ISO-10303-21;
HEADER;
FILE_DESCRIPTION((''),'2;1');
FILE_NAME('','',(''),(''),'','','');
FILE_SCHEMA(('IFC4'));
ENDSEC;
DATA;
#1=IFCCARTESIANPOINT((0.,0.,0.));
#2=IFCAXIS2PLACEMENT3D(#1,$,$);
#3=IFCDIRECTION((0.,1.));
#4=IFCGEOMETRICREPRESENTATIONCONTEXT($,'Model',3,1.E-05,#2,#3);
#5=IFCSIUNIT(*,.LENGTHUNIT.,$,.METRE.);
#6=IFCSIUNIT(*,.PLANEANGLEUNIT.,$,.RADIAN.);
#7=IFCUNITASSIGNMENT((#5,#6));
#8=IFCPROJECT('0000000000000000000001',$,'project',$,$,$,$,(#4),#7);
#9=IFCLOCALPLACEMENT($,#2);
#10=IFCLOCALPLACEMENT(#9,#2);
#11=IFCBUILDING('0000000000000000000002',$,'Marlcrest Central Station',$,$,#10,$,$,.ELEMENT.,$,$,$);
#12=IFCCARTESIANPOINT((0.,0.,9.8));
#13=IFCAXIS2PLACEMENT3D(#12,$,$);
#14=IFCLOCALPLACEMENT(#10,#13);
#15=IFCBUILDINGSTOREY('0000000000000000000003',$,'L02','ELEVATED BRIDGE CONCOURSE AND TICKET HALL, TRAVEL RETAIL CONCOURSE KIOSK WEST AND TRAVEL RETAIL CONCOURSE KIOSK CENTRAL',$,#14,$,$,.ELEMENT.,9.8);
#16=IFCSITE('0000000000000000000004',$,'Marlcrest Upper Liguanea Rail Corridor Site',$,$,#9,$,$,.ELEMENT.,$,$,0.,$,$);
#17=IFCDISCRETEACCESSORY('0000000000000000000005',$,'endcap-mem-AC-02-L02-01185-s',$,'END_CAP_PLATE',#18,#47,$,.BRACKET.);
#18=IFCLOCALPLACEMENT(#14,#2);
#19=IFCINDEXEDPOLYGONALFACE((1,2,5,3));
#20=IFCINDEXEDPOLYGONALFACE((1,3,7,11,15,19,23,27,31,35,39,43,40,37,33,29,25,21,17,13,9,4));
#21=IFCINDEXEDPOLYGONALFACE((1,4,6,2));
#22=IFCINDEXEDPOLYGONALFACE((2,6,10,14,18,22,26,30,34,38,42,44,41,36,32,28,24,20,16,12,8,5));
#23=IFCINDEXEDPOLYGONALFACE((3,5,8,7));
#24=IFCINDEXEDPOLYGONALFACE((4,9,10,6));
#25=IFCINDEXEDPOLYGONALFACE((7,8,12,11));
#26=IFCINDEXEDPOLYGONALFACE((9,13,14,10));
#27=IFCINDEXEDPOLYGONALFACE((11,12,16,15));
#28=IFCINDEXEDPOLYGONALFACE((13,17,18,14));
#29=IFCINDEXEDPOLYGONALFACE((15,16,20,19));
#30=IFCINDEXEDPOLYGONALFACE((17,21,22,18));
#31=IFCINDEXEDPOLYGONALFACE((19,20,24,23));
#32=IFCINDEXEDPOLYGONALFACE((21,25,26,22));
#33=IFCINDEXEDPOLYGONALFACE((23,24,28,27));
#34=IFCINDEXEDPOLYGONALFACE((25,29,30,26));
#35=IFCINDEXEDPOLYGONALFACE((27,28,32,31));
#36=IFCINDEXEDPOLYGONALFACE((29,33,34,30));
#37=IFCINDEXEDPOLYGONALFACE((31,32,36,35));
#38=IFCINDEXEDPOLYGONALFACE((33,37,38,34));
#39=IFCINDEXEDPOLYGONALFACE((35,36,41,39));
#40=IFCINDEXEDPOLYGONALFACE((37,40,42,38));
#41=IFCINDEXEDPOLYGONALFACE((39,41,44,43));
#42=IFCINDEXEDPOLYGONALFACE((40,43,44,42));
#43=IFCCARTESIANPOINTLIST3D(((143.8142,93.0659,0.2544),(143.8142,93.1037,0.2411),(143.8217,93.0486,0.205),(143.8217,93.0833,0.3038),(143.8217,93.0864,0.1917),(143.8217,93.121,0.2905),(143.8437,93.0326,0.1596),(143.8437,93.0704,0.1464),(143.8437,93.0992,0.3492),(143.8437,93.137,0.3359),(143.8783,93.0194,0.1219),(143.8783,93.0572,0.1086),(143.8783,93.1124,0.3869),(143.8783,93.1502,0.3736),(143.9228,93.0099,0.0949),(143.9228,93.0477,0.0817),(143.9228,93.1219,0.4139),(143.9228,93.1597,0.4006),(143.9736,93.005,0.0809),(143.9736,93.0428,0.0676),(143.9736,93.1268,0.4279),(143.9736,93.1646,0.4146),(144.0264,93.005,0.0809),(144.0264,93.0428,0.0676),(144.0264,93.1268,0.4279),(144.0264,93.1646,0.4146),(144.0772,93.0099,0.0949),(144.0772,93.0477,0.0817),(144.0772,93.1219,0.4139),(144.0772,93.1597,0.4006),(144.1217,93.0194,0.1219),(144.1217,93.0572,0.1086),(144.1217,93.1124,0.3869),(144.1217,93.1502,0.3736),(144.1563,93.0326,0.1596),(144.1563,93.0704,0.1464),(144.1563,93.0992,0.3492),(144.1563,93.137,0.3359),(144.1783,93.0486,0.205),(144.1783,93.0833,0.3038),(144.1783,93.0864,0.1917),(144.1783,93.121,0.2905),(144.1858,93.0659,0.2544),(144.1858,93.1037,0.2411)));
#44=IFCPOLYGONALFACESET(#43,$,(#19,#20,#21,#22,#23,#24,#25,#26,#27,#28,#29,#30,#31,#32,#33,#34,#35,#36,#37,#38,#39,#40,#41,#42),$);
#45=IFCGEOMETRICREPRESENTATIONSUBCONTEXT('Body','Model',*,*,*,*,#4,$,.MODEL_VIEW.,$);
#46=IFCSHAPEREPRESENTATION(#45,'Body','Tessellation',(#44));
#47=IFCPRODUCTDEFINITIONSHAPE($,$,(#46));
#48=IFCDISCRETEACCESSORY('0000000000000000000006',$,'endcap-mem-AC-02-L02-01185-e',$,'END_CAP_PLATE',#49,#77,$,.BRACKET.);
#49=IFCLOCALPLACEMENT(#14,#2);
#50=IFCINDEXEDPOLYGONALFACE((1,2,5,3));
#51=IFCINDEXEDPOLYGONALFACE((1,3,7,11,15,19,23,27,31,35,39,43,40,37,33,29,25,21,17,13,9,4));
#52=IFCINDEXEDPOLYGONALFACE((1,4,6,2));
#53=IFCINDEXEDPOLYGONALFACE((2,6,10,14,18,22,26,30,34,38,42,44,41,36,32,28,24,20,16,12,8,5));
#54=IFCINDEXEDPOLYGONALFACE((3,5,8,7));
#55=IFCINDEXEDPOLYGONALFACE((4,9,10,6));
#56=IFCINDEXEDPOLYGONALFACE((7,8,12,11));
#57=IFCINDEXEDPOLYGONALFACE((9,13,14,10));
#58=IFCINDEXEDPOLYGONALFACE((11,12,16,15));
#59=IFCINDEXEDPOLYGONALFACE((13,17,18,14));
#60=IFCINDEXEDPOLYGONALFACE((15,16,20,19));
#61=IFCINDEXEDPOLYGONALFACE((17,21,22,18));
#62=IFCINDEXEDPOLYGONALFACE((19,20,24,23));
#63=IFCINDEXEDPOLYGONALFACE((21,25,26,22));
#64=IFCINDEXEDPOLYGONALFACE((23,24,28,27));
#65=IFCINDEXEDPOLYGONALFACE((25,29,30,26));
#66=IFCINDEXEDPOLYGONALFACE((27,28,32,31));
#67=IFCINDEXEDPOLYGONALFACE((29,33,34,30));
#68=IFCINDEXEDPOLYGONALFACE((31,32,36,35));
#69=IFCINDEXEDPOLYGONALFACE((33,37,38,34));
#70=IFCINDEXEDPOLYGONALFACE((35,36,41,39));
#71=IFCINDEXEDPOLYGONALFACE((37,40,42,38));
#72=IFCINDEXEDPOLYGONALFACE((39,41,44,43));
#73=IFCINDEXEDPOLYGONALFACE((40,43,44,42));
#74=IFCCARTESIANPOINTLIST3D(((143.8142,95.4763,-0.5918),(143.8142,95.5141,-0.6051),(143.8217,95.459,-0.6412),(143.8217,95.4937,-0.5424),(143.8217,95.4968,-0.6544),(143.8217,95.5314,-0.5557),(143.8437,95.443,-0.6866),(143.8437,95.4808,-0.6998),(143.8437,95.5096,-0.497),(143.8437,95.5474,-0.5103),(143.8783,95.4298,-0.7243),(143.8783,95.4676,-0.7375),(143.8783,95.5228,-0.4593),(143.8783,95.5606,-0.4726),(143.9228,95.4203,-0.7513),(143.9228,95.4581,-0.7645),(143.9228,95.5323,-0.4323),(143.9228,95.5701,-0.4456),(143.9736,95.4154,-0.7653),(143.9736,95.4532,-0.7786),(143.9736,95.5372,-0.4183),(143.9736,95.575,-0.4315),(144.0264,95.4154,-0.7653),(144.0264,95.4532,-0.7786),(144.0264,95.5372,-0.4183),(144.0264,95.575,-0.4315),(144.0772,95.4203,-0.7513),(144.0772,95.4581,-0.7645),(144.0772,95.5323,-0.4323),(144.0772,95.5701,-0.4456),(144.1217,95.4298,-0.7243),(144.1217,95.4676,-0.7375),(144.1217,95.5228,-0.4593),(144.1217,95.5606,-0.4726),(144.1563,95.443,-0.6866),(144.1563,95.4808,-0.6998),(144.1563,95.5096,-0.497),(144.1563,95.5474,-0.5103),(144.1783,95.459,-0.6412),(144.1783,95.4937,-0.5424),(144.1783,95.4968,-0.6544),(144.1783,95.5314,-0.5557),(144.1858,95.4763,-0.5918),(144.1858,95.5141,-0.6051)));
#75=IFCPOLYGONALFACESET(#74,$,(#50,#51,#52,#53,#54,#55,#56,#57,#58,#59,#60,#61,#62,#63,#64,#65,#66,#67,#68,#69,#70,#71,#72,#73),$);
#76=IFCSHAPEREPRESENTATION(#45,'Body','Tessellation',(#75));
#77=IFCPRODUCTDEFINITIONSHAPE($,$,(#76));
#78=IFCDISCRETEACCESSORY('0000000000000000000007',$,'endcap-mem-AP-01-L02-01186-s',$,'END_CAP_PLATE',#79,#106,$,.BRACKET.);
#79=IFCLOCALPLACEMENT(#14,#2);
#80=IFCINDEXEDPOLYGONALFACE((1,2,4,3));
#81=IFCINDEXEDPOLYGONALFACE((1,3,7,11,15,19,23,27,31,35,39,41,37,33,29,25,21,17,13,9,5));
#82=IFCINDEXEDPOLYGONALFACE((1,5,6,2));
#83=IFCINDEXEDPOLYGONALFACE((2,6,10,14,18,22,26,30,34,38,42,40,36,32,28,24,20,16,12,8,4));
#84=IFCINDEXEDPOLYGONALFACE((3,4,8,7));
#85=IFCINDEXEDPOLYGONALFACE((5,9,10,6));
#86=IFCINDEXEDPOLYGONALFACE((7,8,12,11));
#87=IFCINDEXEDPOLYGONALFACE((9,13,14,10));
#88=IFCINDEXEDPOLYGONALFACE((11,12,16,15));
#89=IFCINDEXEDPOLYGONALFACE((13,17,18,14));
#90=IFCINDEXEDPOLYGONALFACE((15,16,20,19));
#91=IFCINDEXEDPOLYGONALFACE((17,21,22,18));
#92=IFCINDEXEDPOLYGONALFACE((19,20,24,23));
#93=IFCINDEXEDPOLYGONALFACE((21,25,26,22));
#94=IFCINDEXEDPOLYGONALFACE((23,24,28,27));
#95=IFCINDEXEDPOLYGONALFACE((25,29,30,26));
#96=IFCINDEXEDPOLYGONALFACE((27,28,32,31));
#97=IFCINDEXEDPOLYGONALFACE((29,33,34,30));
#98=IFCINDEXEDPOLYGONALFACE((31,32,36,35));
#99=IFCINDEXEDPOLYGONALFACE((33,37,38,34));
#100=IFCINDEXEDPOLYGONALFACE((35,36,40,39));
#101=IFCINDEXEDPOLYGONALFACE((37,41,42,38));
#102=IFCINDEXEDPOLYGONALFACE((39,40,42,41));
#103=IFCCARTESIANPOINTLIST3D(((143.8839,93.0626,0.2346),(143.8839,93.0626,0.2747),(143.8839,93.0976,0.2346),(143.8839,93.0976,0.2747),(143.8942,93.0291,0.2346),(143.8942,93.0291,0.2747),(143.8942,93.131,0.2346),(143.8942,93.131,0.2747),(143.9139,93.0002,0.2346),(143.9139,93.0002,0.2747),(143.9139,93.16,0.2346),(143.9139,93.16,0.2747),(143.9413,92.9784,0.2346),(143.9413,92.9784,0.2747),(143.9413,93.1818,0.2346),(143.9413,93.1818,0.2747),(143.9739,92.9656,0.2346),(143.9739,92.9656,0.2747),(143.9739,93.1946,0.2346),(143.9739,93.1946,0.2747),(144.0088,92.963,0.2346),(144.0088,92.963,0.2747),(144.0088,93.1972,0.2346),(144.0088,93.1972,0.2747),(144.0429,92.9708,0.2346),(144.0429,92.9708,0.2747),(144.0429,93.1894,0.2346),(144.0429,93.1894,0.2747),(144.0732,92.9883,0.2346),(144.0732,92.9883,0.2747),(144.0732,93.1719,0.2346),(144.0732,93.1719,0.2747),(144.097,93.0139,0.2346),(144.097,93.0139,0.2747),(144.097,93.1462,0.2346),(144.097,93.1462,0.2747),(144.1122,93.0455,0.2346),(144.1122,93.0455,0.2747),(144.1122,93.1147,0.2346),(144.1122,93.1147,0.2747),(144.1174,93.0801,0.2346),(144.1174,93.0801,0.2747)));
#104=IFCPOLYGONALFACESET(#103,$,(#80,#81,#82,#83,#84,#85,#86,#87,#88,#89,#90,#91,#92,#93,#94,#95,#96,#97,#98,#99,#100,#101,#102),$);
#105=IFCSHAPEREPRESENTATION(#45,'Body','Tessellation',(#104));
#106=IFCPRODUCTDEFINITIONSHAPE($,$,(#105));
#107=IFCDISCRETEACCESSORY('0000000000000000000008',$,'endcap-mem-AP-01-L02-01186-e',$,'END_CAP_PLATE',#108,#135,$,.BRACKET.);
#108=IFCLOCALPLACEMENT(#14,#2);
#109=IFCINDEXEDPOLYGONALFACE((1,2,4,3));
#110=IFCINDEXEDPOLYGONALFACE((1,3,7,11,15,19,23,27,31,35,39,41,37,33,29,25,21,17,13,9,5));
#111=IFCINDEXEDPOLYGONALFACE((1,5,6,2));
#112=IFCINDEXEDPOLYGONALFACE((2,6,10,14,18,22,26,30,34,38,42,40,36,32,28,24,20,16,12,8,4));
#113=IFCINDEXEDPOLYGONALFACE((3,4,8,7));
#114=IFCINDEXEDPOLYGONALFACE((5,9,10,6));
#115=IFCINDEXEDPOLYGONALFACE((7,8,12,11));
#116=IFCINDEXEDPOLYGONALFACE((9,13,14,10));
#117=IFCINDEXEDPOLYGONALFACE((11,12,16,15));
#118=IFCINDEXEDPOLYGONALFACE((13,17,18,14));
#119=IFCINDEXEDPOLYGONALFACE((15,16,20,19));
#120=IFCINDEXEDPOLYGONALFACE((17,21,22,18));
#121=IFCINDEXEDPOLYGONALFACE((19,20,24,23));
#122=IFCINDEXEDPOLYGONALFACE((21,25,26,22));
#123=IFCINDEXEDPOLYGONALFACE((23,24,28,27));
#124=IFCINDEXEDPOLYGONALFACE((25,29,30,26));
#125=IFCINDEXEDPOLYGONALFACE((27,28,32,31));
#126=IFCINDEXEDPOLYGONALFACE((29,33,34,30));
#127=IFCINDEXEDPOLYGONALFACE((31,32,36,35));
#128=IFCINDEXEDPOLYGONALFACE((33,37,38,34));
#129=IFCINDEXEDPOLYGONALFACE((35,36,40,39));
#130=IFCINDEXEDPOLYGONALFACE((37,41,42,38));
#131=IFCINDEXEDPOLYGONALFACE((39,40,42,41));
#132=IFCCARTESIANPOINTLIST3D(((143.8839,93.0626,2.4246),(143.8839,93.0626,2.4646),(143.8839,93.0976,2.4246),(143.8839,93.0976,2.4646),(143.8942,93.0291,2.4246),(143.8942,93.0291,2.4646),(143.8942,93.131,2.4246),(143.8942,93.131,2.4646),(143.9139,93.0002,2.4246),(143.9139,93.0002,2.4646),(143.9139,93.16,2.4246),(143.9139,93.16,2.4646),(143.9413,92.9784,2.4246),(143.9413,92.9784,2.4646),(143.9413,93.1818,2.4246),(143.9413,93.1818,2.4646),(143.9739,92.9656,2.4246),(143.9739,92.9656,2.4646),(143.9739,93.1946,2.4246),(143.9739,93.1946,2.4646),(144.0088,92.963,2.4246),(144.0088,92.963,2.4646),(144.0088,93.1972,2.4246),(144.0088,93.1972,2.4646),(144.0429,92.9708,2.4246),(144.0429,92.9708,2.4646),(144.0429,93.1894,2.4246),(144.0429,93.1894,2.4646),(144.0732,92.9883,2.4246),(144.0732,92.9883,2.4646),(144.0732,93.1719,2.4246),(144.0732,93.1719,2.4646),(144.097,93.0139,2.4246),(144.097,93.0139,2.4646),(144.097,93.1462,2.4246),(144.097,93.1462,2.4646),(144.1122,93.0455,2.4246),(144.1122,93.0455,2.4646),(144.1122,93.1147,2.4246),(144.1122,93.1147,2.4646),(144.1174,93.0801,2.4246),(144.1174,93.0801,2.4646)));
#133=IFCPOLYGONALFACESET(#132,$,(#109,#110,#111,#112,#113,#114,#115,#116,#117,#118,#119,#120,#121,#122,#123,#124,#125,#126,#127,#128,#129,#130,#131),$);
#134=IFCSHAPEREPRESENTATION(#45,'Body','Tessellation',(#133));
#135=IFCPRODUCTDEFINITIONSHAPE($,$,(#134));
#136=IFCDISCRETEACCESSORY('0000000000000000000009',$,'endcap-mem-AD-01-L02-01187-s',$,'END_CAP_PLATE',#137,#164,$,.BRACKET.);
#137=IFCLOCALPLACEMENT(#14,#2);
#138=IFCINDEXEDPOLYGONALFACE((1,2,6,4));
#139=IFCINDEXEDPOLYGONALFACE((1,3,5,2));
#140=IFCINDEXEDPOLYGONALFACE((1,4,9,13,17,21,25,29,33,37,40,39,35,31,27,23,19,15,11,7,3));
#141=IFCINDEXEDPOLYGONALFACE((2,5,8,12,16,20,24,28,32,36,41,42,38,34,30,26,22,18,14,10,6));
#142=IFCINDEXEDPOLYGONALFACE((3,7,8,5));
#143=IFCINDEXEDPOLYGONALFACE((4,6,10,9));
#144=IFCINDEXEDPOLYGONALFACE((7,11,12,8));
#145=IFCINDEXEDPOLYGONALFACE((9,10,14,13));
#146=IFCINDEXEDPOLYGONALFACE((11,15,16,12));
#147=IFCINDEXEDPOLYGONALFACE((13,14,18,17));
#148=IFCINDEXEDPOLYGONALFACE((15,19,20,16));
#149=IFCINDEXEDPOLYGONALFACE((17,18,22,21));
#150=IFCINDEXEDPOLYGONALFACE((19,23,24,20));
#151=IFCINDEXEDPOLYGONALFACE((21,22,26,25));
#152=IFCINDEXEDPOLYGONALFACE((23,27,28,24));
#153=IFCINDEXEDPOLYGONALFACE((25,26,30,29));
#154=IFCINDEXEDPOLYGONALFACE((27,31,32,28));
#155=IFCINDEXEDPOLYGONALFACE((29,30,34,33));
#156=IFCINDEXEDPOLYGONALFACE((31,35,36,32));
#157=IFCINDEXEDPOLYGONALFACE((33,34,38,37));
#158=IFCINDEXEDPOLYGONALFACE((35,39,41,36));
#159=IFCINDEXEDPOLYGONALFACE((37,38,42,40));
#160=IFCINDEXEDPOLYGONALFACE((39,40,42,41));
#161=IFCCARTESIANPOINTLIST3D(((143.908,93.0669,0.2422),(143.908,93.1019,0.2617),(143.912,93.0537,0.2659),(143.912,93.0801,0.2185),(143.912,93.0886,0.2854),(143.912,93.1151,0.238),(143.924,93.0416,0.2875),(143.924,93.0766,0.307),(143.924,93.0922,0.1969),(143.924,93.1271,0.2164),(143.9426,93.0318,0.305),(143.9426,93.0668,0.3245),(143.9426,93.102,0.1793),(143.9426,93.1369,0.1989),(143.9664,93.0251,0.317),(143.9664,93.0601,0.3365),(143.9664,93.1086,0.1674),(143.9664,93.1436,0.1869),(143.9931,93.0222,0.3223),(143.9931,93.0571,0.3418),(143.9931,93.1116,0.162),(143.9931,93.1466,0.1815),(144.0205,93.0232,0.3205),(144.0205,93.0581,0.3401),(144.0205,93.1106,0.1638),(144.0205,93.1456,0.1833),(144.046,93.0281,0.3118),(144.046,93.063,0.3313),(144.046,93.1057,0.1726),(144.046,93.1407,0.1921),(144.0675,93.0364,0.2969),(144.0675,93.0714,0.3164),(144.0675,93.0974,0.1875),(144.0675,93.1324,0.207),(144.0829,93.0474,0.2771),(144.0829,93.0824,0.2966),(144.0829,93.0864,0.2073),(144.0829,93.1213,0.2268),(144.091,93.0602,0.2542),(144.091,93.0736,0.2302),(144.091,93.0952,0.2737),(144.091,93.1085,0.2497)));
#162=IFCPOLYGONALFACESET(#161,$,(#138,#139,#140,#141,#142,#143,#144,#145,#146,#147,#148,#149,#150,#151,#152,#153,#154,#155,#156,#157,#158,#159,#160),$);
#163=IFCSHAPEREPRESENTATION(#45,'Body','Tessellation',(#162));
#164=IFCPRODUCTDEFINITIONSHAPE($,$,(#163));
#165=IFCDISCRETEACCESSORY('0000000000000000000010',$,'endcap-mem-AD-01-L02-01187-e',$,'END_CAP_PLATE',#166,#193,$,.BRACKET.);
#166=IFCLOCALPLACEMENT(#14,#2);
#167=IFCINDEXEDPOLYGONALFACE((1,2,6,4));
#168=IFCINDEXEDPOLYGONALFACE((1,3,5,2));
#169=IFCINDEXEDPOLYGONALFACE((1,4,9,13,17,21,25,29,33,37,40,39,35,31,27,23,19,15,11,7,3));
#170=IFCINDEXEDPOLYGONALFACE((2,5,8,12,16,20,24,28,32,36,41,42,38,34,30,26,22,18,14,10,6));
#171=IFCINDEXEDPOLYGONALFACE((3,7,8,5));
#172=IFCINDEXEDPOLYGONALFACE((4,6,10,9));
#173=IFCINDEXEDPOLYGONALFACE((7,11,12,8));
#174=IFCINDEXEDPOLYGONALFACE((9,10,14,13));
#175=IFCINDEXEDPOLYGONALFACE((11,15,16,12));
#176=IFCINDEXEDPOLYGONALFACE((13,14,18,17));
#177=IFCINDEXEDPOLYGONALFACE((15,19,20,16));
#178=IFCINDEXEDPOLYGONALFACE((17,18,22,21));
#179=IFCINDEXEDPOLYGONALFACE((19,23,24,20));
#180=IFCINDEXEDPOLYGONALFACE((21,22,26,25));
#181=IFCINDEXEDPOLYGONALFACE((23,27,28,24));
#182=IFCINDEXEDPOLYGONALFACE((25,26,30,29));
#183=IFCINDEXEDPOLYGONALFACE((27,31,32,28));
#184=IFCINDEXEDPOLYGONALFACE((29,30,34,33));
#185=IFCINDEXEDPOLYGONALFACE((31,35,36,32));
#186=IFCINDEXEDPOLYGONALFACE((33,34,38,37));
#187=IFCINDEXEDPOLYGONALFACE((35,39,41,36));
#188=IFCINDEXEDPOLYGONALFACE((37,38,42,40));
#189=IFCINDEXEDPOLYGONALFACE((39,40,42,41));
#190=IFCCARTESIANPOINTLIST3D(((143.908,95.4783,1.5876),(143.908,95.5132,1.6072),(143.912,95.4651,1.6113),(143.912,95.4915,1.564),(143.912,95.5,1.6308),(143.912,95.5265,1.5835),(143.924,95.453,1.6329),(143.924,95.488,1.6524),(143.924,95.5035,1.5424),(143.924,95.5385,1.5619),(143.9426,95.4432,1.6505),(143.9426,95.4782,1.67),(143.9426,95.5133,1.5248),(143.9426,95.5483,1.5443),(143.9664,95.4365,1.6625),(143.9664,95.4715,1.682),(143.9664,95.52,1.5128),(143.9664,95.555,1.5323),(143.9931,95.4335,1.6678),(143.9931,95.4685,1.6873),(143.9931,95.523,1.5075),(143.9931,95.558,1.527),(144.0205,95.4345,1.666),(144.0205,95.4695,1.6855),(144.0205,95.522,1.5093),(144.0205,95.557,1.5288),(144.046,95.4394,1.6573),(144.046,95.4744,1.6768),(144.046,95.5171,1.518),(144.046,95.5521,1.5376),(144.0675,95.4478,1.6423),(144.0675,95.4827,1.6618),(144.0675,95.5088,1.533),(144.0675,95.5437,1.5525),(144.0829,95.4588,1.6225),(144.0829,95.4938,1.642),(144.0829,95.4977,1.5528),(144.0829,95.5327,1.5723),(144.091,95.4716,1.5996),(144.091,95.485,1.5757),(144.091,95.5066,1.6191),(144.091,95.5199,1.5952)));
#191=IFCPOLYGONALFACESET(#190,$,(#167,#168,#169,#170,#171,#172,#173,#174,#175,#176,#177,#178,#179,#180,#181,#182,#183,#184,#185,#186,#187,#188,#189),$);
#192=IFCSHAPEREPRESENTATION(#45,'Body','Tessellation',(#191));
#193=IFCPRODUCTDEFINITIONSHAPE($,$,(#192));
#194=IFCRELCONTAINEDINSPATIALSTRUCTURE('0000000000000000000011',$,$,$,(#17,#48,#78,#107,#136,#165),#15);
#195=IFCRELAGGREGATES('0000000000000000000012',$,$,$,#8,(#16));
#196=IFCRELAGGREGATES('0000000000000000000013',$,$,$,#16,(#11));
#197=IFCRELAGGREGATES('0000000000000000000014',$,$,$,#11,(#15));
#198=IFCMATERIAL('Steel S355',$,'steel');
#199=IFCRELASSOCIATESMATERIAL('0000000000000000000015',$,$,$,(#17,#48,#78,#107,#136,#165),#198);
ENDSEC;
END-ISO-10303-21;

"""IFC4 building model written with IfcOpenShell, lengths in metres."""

from ifc_helpers import new_model, si_unit, direction, frame, origin, origin_2d, place, context, subcontext, project, spatial, circle, extrude, material, element, save


model = new_model("IFC4")

# Units and contexts
model_context = context("Model", 3, precision=1e-05, world=origin(), true_north=direction((0.0, 1.0)))
body_context = subcontext(model_context, "Body", "Model", "MODEL_VIEW")
ifc_project = project(units=[si_unit("LENGTHUNIT", "METRE"), si_unit("PLANEANGLEUNIT", "RADIAN")], contexts=[model_context])

# Site, building, storey
site_placement = place(None, origin())
site = spatial("IfcSite", under=ifc_project, at=site_placement, Name="Marlcrest Upper Liguanea Rail Corridor Site", CompositionType="ELEMENT", RefElevation=0.0)
building_placement = place(site_placement, origin())
building = spatial("IfcBuilding", under=site, at=building_placement, Name="Marlcrest Central Station", CompositionType="ELEMENT")
storey_placement = place(building_placement, frame((0.0, 0.0, 9.8)))
storey = spatial("IfcBuildingStorey", under=building, at=storey_placement, Name="L02", Description="ELEVATED BRIDGE CONCOURSE AND TICKET HALL, TRAVEL RETAIL CONCOURSE KIOSK WEST AND TRAVEL RETAIL CONCOURSE KIOSK CENTRAL", CompositionType="ELEMENT", Elevation=9.8)

# Shared definitions
ifc_material_1 = material(Name="Steel S355", Category="steel")

# Discrete accessories
for number, where, z_axis, x_axis, name in (
    (1, (144.0, 93.0659, 0.2544), (0.0, 0.943537, -0.331266), (-1.0, 0.0, 0.0), "endcap-mem-AC-02-L02-01185-s"),
    (2, (144.0, 95.4763, -0.5918), (0.0, 0.943537, -0.331266), (-1.0, 0.0, 0.0), "endcap-mem-AC-02-L02-01185-e"),
):
    element("IfcDiscreteAccessory", number, at=place(storey_placement, frame(where, z_axis=z_axis, x_axis=x_axis)), inside=storey, material=ifc_material_1, Name=name, ObjectType="END_CAP_PLATE", PredefinedType="BRACKET", context=body_context, shape_type="SweptSolid", body=[
        extrude(circle(Radius=0.1858, at=origin_2d()), origin(), (0.0, 0.0, 1.0), 0.04),
    ])
for number, where, z_axis, x_axis, name in (
    (3, (144.0, 93.0801, 0.2346), (0.0, 0.0, 1.0), (1.0, 0.0, 0.0), "endcap-mem-AP-01-L02-01186-s"),
    (4, (144.0, 93.0801, 2.4246), (0.0, 0.0, 1.0), (1.0, 0.0, 0.0), "endcap-mem-AP-01-L02-01186-e"),
):
    element("IfcDiscreteAccessory", number, at=place(storey_placement, frame(where, z_axis=z_axis, x_axis=x_axis)), inside=storey, material=ifc_material_1, Name=name, ObjectType="END_CAP_PLATE", PredefinedType="BRACKET", context=body_context, shape_type="SweptSolid", body=[
        extrude(circle(Radius=0.1174, at=origin_2d()), origin(), (0.0, 0.0, 1.0), 0.04),
    ])
for number, where, z_axis, x_axis, name in (
    (5, (144.0, 93.0669, 0.2422), (0.0, 0.873246, 0.48728), (-1.0, 0.0, 0.0), "endcap-mem-AD-01-L02-01187-s"),
    (6, (144.0, 95.4783, 1.5876), (0.0, 0.873246, 0.48728), (-1.0, 0.0, 0.0), "endcap-mem-AD-01-L02-01187-e"),
):
    element("IfcDiscreteAccessory", number, at=place(storey_placement, frame(where, z_axis=z_axis, x_axis=x_axis)), inside=storey, material=ifc_material_1, Name=name, ObjectType="END_CAP_PLATE", PredefinedType="BRACKET", context=body_context, shape_type="SweptSolid", body=[
        extrude(circle(Radius=0.092, at=origin_2d()), origin(), (0.0, 0.0, 1.0), 0.04),
    ])

save(model, "model.ifc")
